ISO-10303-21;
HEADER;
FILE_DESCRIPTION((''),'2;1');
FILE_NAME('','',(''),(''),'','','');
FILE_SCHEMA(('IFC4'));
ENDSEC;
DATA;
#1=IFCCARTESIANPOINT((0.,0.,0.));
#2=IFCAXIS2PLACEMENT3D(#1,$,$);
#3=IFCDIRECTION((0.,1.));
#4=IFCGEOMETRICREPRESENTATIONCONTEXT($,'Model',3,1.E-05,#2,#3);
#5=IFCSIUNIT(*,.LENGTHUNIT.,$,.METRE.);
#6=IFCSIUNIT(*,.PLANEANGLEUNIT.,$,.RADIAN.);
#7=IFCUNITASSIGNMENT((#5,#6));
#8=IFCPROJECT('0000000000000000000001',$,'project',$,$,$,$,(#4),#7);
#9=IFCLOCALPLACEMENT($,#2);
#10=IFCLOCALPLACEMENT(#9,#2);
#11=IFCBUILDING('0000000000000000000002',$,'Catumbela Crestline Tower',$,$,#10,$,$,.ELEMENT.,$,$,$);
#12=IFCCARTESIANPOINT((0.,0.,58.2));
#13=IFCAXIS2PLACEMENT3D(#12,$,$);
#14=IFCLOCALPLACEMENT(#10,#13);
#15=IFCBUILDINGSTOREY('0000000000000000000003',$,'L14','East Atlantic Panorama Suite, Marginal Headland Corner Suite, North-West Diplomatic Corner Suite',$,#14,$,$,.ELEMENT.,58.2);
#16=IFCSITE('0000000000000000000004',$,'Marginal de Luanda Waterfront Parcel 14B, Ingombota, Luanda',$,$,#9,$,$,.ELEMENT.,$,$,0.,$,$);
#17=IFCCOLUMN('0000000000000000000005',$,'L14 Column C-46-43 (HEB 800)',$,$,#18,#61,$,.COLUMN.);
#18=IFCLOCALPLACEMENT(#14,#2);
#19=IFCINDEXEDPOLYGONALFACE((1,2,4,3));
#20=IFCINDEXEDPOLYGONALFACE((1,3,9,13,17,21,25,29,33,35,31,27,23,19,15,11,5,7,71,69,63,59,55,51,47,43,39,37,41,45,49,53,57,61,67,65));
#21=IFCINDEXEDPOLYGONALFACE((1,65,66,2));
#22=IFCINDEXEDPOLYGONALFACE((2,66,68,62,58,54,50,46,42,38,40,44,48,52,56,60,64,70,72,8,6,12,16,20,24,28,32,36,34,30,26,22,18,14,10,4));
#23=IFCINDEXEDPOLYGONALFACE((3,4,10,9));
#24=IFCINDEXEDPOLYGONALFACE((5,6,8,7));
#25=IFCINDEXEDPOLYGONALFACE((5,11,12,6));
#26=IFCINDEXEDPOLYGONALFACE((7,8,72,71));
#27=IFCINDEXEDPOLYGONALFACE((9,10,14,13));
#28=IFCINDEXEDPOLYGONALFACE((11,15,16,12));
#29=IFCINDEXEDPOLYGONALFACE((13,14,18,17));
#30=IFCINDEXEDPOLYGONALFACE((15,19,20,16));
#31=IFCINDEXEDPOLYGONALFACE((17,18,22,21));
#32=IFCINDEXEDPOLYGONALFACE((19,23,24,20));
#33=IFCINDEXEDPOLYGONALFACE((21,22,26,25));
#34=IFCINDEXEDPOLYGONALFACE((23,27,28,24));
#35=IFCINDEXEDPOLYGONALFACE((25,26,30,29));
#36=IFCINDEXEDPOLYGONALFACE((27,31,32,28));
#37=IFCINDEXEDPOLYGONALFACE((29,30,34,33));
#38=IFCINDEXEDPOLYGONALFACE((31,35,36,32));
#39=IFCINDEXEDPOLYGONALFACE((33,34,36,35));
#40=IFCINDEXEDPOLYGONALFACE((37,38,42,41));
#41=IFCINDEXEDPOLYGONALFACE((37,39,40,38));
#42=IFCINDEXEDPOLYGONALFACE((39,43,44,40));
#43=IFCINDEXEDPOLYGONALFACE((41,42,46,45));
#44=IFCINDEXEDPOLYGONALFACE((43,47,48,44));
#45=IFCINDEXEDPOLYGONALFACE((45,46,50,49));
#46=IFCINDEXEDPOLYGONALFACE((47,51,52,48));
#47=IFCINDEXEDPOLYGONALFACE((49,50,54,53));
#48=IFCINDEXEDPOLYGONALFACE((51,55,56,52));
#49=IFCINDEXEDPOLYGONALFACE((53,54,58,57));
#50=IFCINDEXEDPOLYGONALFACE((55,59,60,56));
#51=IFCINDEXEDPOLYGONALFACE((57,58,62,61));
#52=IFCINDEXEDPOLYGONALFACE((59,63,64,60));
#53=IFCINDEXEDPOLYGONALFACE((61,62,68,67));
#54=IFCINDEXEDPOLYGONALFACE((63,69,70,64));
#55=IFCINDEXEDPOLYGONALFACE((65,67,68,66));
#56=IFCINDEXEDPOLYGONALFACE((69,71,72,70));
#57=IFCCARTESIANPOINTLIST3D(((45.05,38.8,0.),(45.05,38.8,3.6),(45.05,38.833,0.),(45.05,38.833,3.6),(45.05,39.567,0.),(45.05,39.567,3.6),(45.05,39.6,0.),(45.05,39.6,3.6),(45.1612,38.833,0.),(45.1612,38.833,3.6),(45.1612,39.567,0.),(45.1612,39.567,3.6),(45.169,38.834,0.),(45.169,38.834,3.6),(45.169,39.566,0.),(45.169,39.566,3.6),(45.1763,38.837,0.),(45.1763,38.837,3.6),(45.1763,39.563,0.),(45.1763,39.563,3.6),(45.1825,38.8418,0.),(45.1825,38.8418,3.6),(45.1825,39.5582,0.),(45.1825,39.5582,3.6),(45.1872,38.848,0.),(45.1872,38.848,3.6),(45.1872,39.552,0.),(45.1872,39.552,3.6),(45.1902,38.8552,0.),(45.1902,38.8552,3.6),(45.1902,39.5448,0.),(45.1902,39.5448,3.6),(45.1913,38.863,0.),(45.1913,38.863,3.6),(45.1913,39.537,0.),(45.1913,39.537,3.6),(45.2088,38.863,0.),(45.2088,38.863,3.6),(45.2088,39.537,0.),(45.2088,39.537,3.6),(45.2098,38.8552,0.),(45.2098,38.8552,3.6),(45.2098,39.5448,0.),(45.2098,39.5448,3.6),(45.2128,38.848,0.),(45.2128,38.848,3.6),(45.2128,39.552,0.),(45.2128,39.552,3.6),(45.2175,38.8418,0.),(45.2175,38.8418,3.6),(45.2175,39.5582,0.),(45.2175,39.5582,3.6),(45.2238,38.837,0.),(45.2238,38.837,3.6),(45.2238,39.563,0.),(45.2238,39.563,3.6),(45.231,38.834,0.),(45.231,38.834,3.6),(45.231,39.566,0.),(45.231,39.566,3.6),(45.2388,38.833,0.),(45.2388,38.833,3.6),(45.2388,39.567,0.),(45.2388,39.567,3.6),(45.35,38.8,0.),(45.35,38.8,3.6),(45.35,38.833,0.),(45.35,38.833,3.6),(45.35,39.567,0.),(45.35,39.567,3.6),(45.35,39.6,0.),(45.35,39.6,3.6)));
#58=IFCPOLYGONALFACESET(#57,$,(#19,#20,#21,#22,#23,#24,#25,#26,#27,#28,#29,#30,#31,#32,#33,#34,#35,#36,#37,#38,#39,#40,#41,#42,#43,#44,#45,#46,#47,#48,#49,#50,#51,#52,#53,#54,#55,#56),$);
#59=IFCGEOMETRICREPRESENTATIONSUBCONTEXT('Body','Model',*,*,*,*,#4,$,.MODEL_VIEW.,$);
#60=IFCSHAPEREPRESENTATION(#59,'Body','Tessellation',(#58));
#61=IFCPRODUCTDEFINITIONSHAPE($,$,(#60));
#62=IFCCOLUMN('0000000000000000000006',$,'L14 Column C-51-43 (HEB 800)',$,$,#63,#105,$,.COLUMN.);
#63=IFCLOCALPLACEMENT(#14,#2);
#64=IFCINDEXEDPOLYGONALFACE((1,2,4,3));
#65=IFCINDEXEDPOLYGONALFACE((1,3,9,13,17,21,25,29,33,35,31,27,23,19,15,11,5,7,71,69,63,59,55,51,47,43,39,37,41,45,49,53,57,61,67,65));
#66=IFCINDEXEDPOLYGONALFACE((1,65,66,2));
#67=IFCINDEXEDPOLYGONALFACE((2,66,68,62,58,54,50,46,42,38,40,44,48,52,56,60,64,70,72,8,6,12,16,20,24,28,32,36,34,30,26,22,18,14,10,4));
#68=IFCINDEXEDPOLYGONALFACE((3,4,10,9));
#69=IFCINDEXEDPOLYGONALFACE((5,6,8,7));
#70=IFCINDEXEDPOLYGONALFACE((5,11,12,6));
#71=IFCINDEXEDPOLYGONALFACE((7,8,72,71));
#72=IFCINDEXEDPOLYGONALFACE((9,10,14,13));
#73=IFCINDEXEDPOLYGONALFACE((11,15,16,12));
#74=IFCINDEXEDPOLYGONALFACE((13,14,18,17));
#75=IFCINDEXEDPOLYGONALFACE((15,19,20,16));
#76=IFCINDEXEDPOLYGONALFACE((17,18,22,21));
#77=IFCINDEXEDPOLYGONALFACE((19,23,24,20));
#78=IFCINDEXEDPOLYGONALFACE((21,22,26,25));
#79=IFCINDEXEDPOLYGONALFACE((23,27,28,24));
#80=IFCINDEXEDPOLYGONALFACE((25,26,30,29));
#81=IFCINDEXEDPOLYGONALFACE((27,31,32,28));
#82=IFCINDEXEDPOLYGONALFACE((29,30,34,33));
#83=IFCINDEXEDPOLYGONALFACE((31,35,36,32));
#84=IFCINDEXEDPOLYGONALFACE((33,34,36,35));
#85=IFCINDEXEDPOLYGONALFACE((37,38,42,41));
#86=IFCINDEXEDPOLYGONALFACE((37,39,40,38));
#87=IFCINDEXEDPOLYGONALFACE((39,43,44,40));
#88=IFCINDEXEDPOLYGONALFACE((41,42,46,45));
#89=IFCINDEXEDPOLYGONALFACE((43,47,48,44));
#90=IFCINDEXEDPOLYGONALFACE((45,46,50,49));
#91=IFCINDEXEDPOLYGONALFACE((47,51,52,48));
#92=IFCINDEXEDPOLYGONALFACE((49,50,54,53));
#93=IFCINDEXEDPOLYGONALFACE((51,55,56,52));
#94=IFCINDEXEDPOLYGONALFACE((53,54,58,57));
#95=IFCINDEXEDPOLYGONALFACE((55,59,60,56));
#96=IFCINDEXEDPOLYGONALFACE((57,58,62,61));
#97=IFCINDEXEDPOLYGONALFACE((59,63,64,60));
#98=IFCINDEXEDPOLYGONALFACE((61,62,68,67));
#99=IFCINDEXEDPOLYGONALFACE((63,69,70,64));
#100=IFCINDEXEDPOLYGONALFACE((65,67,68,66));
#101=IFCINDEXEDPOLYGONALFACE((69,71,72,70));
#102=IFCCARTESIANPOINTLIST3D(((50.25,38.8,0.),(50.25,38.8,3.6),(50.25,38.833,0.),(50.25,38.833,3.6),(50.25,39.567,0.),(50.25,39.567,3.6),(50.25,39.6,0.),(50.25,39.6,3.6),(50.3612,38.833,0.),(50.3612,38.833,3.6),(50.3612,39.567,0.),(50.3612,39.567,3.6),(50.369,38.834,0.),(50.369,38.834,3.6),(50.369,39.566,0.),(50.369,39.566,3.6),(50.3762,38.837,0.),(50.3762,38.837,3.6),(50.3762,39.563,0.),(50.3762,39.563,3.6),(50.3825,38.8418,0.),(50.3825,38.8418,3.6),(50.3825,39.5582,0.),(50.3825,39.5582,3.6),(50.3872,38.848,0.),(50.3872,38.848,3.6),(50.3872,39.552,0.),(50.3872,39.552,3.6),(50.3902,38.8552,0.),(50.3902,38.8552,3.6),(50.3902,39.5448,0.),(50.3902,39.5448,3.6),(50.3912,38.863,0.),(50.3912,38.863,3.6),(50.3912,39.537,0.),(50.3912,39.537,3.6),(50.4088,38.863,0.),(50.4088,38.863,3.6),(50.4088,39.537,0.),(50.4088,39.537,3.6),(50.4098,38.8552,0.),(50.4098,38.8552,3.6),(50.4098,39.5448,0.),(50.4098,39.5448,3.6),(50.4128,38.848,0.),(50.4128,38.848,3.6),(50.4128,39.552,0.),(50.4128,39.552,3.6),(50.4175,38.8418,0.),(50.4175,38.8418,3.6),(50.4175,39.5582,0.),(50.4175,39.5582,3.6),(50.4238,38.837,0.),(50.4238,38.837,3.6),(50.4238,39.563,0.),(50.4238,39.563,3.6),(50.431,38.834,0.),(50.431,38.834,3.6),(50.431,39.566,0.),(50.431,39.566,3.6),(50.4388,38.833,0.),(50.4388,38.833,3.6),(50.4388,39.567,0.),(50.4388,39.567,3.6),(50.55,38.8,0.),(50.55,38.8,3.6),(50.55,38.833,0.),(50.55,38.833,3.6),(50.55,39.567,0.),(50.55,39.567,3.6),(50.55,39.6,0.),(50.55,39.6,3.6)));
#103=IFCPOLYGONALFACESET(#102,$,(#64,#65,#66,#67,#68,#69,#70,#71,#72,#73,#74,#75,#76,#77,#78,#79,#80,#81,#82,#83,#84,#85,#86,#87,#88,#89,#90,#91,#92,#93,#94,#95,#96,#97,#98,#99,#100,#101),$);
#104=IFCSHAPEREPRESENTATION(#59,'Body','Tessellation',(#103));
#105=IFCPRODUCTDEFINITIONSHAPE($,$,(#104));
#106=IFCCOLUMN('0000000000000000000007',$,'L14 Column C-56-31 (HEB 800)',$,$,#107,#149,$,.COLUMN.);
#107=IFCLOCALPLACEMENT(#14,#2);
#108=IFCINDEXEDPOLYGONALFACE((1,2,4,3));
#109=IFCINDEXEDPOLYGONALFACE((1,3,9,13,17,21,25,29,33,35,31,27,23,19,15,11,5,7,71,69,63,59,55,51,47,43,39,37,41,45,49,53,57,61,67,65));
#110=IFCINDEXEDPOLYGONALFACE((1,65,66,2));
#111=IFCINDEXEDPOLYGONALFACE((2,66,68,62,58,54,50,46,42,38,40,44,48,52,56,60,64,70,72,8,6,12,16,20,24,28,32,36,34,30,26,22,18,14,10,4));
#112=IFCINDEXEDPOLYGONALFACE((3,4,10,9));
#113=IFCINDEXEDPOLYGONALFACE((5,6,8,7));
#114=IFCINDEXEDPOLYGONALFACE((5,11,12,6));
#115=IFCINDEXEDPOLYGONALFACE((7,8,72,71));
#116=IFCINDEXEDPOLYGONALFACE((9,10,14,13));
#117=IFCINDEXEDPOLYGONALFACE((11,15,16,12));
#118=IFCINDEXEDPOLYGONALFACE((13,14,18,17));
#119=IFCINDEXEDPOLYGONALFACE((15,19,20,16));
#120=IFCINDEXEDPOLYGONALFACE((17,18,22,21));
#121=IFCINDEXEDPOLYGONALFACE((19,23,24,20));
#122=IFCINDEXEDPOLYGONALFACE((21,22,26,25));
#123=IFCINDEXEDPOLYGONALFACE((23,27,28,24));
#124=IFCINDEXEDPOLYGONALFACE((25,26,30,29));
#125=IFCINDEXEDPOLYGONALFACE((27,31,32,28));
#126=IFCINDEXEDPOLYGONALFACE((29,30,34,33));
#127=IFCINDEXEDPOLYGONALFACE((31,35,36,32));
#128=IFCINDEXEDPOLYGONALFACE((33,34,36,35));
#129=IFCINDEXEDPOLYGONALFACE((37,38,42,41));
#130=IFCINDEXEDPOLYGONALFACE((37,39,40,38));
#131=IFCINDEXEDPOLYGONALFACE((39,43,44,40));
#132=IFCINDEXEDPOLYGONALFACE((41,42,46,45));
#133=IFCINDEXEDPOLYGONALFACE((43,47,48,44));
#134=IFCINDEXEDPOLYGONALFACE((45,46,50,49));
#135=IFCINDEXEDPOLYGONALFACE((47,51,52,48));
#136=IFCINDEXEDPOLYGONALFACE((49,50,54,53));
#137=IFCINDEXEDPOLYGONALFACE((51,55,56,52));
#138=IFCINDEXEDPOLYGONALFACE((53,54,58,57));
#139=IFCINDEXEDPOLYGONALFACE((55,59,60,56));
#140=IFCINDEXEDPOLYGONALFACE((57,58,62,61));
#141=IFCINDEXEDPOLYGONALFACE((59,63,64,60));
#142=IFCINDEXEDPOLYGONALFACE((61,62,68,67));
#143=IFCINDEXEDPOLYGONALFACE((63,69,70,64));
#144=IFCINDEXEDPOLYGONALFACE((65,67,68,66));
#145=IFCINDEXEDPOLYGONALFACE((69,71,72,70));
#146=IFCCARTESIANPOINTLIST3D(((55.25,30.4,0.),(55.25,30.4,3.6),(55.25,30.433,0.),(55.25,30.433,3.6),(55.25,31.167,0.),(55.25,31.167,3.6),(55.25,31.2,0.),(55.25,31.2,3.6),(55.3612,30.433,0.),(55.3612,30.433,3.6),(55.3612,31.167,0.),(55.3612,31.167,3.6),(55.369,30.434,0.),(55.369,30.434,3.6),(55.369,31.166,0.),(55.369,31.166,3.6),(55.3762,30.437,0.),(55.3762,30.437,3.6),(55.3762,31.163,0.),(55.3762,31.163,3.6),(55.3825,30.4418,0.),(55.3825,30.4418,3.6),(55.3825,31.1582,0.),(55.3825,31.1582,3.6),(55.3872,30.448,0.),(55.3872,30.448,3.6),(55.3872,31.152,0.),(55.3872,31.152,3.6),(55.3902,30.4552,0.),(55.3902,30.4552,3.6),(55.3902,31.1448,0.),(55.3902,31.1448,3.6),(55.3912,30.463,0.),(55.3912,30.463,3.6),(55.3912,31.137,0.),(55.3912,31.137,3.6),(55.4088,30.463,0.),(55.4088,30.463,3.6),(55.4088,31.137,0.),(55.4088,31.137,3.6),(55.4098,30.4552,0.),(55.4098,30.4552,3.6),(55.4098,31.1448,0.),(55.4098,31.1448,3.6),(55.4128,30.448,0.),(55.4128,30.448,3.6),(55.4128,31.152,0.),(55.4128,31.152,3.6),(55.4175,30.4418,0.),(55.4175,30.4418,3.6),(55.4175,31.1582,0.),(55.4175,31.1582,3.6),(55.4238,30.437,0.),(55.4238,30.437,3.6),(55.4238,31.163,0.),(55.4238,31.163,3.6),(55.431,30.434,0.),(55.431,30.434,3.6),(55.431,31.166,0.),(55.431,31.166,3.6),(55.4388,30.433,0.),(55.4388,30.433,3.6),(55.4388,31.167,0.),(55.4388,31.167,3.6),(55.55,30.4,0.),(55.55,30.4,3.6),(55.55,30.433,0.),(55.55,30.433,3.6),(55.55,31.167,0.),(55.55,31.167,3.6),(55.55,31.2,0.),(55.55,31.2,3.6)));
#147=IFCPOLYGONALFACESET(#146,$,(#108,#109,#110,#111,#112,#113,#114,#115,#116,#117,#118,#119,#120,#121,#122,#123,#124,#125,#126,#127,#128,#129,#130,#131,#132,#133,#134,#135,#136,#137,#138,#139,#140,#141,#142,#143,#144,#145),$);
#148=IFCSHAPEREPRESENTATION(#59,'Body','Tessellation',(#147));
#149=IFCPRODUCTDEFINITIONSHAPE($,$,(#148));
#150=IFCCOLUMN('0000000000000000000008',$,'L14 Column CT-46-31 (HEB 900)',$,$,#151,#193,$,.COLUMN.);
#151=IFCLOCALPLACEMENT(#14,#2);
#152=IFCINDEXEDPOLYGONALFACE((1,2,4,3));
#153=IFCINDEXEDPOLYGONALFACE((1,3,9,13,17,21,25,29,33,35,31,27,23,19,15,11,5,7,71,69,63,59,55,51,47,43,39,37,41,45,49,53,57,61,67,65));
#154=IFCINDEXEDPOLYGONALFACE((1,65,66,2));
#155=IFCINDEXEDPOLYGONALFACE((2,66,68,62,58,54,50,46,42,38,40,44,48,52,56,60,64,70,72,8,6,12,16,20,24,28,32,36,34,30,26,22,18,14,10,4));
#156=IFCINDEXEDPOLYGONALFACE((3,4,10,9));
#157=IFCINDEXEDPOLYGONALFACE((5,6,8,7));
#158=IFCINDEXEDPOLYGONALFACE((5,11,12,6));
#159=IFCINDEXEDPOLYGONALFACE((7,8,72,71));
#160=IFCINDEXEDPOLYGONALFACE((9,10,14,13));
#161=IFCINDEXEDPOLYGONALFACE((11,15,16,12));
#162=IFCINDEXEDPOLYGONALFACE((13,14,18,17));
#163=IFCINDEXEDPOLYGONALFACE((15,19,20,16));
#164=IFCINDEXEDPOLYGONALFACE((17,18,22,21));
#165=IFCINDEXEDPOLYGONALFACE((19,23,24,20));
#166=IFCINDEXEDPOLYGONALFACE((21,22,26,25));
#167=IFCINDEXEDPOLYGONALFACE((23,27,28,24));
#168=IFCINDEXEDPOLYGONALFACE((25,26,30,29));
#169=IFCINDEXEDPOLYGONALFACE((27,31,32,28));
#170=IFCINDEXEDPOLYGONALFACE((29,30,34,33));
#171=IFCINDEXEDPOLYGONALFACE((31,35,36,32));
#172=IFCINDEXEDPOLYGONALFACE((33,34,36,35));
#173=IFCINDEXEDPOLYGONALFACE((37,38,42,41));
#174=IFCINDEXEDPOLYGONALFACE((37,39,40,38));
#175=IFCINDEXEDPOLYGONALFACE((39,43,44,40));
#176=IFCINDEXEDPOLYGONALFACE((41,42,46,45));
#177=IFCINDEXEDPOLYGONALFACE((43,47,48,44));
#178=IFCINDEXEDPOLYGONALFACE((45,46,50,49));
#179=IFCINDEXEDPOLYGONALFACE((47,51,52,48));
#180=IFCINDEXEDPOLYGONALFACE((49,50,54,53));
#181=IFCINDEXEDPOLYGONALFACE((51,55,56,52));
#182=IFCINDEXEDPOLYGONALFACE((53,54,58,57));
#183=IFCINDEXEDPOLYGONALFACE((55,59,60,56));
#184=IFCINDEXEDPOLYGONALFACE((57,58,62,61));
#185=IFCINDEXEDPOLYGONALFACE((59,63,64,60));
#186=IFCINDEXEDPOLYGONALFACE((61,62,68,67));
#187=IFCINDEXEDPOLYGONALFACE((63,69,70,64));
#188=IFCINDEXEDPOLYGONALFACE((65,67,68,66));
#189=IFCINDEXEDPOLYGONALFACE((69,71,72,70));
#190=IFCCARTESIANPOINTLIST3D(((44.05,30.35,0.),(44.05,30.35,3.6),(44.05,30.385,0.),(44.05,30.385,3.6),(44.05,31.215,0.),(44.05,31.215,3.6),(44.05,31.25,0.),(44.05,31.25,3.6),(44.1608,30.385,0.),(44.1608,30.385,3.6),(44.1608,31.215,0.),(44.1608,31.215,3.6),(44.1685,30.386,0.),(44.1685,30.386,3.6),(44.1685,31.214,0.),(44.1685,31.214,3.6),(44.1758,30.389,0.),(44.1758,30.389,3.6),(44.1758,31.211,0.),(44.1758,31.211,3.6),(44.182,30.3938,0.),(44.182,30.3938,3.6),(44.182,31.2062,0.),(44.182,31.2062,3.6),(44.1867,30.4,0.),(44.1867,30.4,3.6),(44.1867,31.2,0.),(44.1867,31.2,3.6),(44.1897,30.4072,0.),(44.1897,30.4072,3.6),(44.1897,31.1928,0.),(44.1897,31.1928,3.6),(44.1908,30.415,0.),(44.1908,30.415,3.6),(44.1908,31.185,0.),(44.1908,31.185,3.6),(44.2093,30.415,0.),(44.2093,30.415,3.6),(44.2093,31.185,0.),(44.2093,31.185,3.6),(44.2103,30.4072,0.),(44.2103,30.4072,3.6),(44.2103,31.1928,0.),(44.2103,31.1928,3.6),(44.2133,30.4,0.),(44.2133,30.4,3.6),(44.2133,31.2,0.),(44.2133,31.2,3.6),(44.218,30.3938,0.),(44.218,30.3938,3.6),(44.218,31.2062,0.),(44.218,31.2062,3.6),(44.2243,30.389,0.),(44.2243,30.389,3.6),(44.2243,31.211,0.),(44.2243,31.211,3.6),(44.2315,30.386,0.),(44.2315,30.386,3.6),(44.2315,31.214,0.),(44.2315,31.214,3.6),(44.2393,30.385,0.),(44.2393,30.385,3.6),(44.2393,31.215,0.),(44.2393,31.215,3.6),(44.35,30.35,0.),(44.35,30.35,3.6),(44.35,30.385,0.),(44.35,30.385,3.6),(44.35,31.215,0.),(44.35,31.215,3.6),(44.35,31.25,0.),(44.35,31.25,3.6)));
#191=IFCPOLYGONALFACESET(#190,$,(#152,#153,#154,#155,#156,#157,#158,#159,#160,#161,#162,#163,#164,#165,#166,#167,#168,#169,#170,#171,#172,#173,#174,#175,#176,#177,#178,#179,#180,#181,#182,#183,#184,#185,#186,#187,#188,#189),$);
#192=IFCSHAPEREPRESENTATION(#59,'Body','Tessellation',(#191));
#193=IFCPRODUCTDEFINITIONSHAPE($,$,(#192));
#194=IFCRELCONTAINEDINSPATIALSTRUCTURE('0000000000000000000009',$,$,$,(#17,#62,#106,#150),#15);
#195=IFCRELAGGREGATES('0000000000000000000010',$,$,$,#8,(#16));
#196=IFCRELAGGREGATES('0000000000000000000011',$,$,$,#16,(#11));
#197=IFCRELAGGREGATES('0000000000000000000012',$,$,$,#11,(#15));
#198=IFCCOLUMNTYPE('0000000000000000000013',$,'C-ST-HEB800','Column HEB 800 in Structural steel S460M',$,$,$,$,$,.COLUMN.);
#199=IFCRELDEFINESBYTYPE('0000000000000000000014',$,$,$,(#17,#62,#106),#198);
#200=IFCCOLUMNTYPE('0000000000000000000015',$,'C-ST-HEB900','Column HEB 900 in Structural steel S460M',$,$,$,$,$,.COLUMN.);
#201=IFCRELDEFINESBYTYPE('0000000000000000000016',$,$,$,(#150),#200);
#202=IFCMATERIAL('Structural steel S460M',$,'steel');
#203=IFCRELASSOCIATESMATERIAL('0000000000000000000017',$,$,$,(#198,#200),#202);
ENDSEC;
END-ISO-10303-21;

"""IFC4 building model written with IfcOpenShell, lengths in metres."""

from ifc_helpers import new_model, si_unit, direction, frame, origin, origin_2d, place, context, subcontext, project, spatial, i_section, extrude, material, material_profile, profile_set, type_object, element, save


model = new_model("IFC4")

# Units and contexts
model_context = context("Model", 3, precision=1e-05, world=origin(), true_north=direction((0.0, 1.0)))
body_context = subcontext(model_context, "Body", "Model", "MODEL_VIEW")
ifc_project = project(units=[si_unit("LENGTHUNIT", "METRE"), si_unit("PLANEANGLEUNIT", "RADIAN")], contexts=[model_context])

# Site, building, storey
site_placement = place(None, origin())
site = spatial("IfcSite", under=ifc_project, at=site_placement, Name="Marginal de Luanda Waterfront Parcel 14B, Ingombota, Luanda", CompositionType="ELEMENT", RefElevation=0.0)
building_placement = place(site_placement, origin())
building = spatial("IfcBuilding", under=site, at=building_placement, Name="Catumbela Crestline Tower", CompositionType="ELEMENT")
storey_placement = place(building_placement, frame((0.0, 0.0, 58.2)))
storey = spatial("IfcBuildingStorey", under=building, at=storey_placement, Name="L14", Description="East Atlantic Panorama Suite, Marginal Headland Corner Suite, North-West Diplomatic Corner Suite", CompositionType="ELEMENT", Elevation=58.2)

# Columns
ifc_material_1 = material(Name="Structural steel S460M", Category="steel")
ifc_material_profile_1 = material_profile(ifc_material_1, i_section(OverallWidth=0.3, OverallDepth=0.8, WebThickness=0.0175, FlangeThickness=0.033, FilletRadius=0.03, at=origin_2d()), Name="HEB 800")
ifc_profile_set_1 = profile_set([ifc_material_profile_1], Name="Structural steel S460M")
column_type_1 = type_object("IfcColumnType", Name="C-ST-HEB800", Description="Column HEB 800 in Structural steel S460M", PredefinedType="COLUMN", material=ifc_profile_set_1)
for number, where, z_axis, x_axis, name in (
    (1, (45.2, 39.2, 0.0), (0.0, 0.0, 1.0), (1.0, 0.0, 0.0), "L14 Column C-46-43 (HEB 800)"),
    (2, (50.4, 39.2, 0.0), (0.0, 0.0, 1.0), (1.0, 0.0, 0.0), "L14 Column C-51-43 (HEB 800)"),
    (3, (55.4, 30.8, 0.0), (0.0, 0.0, 1.0), (1.0, 0.0, 0.0), "L14 Column C-56-31 (HEB 800)"),
):
    element("IfcColumn", number, at=place(storey_placement, frame(where, z_axis=z_axis, x_axis=x_axis)), inside=storey, type_object=column_type_1, Name=name, PredefinedType="COLUMN", context=body_context, shape_type="SweptSolid", body=[
        extrude(i_section(OverallWidth=0.3, OverallDepth=0.8, WebThickness=0.0175, FlangeThickness=0.033, FilletRadius=0.03, at=origin_2d()), origin(), (0.0, 0.0, 1.0), 3.6),
    ])
ifc_material_profile_2 = material_profile(ifc_material_1, i_section(OverallWidth=0.3, OverallDepth=0.9, WebThickness=0.0185, FlangeThickness=0.035, FilletRadius=0.03, at=origin_2d()), Name="HEB 900")
ifc_profile_set_2 = profile_set([ifc_material_profile_2], Name="Structural steel S460M")
column_type_2 = type_object("IfcColumnType", Name="C-ST-HEB900", Description="Column HEB 900 in Structural steel S460M", PredefinedType="COLUMN", material=ifc_profile_set_2)
for number, where, z_axis, x_axis, name in (
    (4, (44.2, 30.8, 0.0), (0.0, 0.0, 1.0), (1.0, 0.0, 0.0), "L14 Column CT-46-31 (HEB 900)"),
):
    element("IfcColumn", number, at=place(storey_placement, frame(where, z_axis=z_axis, x_axis=x_axis)), inside=storey, type_object=column_type_2, Name=name, PredefinedType="COLUMN", context=body_context, shape_type="SweptSolid", body=[
        extrude(i_section(OverallWidth=0.3, OverallDepth=0.9, WebThickness=0.0185, FlangeThickness=0.035, FilletRadius=0.03, at=origin_2d()), origin(), (0.0, 0.0, 1.0), 3.6),
    ])

save(model, "model.ifc")
